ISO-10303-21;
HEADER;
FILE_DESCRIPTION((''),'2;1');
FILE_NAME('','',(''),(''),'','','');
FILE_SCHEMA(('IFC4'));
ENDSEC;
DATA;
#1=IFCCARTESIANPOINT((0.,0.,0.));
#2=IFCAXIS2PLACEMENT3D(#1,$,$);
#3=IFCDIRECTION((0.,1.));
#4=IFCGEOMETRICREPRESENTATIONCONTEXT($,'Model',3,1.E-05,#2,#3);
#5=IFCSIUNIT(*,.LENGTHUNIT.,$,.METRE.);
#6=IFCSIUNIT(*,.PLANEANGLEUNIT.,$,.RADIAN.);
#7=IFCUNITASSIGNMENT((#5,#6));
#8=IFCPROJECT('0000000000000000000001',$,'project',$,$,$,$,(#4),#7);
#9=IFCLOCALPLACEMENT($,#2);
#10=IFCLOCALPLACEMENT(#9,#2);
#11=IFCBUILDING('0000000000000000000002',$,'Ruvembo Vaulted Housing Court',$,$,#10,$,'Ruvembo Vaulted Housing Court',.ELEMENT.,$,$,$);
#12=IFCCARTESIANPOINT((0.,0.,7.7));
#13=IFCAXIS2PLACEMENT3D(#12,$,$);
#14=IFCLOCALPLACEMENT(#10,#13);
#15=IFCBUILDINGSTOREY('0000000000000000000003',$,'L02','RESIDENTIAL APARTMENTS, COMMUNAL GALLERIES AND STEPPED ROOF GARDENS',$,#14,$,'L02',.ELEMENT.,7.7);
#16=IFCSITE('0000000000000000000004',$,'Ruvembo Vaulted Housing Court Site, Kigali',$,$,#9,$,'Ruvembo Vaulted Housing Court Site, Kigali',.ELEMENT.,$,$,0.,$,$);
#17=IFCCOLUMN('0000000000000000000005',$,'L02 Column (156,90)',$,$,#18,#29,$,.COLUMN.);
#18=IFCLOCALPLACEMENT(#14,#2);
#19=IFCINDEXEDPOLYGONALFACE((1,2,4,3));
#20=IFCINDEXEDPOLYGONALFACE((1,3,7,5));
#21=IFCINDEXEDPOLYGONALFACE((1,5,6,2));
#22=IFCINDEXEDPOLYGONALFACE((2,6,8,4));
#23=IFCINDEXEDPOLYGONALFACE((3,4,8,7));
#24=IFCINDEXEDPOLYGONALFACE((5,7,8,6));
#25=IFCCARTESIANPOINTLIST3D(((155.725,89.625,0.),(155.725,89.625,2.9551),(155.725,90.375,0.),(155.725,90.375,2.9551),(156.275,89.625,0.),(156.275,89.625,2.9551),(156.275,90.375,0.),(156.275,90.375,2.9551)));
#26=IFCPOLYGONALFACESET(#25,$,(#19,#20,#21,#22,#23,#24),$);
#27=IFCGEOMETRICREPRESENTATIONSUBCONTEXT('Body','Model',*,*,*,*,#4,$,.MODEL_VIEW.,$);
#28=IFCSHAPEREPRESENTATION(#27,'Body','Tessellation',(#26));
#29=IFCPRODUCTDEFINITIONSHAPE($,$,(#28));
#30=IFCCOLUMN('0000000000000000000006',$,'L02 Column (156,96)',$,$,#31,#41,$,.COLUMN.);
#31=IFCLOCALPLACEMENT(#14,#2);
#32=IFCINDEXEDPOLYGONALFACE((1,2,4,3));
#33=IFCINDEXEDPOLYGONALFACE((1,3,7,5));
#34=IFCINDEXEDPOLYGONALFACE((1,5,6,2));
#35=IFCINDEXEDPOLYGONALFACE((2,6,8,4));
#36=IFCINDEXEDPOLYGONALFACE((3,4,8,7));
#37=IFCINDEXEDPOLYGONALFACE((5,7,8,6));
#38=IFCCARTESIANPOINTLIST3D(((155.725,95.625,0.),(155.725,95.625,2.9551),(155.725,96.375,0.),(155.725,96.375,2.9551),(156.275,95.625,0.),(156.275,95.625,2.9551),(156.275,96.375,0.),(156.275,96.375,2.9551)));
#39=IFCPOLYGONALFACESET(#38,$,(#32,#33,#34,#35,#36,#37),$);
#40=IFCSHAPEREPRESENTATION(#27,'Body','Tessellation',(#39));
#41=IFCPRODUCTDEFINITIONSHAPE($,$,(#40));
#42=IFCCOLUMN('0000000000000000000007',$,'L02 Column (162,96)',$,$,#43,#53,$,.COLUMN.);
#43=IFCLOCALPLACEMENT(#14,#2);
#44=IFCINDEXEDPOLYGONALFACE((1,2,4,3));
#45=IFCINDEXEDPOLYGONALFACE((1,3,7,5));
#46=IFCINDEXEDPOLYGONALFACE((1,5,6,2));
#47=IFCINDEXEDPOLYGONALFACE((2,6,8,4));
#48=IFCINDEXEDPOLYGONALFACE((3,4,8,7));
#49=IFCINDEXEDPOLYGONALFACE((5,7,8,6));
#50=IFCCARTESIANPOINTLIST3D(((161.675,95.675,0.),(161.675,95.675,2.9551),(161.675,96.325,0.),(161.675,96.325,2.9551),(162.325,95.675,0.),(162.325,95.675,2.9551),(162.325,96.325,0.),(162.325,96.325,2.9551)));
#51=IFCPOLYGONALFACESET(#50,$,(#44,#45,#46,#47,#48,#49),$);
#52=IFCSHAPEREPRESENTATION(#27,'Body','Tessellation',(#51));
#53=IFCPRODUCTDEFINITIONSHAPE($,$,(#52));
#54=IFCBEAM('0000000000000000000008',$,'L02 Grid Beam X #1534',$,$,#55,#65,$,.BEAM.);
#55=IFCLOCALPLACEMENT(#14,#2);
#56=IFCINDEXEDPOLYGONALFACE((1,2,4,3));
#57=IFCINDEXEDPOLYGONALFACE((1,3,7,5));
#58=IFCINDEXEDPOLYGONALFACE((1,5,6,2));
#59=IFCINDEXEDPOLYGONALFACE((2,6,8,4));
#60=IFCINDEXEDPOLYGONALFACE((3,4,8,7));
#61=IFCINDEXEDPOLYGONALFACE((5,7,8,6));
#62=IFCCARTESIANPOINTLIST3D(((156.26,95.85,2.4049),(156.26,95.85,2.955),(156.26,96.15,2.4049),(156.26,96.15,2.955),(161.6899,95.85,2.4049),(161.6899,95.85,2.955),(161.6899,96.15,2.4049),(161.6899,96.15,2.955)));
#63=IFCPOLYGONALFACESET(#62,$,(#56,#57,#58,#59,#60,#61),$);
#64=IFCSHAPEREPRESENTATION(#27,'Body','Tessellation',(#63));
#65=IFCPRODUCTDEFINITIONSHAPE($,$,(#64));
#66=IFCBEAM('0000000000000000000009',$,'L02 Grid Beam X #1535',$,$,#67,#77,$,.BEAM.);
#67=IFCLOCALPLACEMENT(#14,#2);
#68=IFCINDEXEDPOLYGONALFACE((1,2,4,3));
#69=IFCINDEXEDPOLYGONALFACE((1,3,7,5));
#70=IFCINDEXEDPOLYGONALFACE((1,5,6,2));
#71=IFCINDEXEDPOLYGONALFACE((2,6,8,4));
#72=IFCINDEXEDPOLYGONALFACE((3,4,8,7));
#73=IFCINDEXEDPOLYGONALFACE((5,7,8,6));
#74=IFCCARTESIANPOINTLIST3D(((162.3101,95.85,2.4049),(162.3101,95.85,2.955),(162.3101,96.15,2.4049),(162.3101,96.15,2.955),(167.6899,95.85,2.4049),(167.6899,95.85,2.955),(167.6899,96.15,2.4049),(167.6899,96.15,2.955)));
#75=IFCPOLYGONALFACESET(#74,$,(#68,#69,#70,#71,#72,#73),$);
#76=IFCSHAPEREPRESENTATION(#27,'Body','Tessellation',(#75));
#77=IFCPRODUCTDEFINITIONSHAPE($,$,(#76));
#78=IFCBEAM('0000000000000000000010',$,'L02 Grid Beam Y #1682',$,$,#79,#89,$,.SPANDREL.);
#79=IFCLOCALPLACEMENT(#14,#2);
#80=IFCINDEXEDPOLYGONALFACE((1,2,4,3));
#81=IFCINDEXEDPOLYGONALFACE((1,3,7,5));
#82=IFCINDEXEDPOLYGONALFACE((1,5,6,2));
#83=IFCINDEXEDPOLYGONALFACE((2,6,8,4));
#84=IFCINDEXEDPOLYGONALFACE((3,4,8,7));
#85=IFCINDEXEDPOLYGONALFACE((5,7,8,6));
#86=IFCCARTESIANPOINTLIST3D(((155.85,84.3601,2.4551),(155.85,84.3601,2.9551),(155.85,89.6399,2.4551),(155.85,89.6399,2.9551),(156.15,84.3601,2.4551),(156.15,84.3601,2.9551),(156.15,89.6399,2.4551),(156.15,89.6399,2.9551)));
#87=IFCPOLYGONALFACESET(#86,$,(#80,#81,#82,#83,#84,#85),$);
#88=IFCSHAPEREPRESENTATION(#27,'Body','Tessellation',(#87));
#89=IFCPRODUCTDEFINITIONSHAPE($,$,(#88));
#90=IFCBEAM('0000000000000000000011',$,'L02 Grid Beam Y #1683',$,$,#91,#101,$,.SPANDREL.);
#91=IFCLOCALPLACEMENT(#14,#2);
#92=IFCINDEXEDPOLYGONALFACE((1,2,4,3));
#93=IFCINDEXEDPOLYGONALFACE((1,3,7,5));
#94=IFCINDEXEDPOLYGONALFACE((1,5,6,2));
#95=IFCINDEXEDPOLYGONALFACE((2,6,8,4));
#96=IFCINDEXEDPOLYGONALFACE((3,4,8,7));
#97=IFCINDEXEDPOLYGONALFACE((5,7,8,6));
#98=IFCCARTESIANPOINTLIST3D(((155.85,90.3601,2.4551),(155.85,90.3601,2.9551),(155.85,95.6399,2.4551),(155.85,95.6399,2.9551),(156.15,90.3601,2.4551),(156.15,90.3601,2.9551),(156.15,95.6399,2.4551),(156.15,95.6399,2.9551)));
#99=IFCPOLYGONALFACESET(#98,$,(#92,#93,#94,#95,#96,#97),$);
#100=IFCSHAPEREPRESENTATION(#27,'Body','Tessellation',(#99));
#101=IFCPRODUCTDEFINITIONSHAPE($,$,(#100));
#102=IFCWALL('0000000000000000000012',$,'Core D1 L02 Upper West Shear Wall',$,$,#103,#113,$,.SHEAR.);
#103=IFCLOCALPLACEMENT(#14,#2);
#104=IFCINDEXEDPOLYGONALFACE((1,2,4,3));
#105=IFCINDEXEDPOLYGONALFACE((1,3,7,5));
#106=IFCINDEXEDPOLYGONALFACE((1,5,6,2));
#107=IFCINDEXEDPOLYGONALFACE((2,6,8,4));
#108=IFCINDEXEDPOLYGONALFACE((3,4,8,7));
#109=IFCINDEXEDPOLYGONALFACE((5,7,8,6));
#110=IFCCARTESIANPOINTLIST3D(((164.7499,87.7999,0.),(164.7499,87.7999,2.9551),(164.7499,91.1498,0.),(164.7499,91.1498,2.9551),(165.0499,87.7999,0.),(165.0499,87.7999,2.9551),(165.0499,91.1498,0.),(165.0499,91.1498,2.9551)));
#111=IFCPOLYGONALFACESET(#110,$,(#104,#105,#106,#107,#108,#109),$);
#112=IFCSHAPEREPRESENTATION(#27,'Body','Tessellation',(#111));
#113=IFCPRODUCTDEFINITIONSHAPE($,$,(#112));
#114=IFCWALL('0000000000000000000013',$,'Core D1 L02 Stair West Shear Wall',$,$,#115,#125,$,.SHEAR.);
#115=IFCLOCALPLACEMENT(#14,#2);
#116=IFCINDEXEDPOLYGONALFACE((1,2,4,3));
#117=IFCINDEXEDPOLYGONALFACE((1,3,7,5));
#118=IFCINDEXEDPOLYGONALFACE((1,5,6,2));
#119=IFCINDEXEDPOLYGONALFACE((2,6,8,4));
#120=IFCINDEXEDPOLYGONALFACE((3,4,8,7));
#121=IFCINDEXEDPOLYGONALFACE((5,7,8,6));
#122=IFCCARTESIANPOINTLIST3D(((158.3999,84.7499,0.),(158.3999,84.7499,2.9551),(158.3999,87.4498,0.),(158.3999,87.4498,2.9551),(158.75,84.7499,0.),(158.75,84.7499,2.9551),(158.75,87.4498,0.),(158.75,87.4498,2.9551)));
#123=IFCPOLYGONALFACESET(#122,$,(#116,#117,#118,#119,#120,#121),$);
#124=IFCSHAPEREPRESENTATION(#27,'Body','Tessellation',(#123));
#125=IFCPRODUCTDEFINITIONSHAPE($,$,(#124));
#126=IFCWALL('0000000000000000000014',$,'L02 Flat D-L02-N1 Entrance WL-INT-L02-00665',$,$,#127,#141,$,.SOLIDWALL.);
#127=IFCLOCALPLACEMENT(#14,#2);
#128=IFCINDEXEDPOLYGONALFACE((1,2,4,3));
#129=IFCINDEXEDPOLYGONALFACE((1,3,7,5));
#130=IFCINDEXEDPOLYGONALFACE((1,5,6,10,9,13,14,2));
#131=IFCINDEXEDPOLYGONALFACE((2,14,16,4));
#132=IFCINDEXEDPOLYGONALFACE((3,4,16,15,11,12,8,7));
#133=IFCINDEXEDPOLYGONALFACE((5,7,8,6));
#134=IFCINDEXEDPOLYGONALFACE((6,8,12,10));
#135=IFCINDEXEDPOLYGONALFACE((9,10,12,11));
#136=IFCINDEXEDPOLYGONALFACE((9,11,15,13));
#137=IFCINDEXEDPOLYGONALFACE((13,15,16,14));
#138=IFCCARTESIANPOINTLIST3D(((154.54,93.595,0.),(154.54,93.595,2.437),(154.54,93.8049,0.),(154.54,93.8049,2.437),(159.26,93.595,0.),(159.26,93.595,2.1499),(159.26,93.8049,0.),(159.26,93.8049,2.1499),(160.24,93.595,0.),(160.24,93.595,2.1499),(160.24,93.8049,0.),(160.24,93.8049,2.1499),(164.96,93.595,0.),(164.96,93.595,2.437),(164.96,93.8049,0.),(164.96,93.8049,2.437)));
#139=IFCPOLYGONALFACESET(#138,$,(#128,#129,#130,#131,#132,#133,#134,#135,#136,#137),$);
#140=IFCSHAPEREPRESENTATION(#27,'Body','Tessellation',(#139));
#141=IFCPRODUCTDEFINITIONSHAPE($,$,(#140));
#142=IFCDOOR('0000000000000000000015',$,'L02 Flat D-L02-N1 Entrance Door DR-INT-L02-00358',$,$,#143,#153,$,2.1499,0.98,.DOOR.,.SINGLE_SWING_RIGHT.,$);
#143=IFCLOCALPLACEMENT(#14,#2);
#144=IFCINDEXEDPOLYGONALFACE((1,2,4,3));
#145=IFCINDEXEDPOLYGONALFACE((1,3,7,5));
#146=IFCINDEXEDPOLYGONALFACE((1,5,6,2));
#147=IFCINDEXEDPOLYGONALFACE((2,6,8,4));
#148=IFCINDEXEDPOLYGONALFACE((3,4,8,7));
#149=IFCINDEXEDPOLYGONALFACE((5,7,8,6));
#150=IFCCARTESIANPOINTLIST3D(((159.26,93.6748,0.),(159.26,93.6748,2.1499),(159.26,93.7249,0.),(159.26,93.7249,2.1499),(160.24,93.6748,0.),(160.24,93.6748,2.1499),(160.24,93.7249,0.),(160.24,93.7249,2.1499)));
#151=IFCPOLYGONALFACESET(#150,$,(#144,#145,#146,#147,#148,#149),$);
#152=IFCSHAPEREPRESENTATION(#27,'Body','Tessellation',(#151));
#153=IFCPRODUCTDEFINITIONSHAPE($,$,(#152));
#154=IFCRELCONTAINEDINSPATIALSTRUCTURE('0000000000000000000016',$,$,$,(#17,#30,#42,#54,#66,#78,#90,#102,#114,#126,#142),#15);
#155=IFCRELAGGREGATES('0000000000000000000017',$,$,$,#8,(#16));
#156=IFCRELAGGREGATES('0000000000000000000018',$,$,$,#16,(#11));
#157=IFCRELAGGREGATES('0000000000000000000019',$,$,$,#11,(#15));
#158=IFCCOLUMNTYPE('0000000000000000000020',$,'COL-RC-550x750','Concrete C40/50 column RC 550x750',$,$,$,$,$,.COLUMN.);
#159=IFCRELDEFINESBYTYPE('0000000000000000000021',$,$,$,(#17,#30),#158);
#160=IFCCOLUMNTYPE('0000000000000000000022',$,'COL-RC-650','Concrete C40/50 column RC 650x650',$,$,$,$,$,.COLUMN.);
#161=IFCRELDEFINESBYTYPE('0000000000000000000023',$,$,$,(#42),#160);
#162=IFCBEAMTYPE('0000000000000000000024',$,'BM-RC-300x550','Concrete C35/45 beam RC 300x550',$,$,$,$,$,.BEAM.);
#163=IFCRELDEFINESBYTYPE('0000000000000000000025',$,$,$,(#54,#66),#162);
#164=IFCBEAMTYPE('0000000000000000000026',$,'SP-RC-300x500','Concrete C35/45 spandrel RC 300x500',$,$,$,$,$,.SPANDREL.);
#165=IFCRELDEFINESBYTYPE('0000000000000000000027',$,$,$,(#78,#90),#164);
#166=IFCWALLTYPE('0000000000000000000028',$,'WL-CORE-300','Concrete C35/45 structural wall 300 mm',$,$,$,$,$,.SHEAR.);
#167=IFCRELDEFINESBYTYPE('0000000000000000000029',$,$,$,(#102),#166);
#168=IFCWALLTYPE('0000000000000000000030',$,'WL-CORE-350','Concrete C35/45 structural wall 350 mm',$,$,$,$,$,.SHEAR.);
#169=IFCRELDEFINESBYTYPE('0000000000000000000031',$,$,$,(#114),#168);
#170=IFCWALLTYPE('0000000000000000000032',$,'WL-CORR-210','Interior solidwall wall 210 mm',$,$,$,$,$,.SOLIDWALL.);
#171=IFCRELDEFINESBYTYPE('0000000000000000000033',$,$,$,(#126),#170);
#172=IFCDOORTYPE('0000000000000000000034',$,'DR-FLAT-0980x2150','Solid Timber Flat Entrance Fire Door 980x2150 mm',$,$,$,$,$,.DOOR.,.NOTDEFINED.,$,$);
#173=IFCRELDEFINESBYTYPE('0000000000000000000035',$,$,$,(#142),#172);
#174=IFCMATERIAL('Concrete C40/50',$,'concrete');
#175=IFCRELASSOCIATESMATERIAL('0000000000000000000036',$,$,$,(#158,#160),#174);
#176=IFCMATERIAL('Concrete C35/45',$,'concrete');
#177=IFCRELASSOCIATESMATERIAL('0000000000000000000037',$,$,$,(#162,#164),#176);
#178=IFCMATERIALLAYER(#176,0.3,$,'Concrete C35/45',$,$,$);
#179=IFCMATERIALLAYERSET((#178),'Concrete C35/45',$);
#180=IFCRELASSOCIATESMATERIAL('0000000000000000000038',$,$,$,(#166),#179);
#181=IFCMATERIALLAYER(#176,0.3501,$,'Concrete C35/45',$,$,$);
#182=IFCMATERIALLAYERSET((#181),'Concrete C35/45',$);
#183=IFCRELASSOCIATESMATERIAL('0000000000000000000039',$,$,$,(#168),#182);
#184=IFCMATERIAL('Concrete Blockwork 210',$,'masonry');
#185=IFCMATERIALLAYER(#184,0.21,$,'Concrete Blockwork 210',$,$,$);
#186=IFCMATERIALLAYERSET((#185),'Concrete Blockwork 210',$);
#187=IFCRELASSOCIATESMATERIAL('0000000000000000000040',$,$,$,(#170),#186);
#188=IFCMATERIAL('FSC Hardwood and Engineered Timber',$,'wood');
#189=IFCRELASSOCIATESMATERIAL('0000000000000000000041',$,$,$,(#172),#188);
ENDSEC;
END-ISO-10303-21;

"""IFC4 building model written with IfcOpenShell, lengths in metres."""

from ifc_helpers import new_model, si_unit, direction, frame, frame_2d, origin, origin_2d, place, context, subcontext, project, spatial, rectangle, extrude, material, layer, layer_set, material_profile, profile_set, type_object, element, fill, save


model = new_model("IFC4")

# Units and contexts
model_context = context("Model", 3, precision=1e-05, world=origin(), true_north=direction((0.0, 1.0)))
body_context = subcontext(model_context, "Body", "Model", "MODEL_VIEW")
ifc_project = project(units=[si_unit("LENGTHUNIT", "METRE"), si_unit("PLANEANGLEUNIT", "RADIAN")], contexts=[model_context])

# Site, building, storey
site_placement = place(None, origin())
site = spatial("IfcSite", under=ifc_project, at=site_placement, Name="Ruvembo Vaulted Housing Court Site, Kigali", LongName="Ruvembo Vaulted Housing Court Site, Kigali", CompositionType="ELEMENT", RefElevation=0.0)
building_placement = place(site_placement, origin())
building = spatial("IfcBuilding", under=site, at=building_placement, Name="Ruvembo Vaulted Housing Court", LongName="Ruvembo Vaulted Housing Court", CompositionType="ELEMENT")
storey_placement = place(building_placement, frame((0.0, 0.0, 7.7)))
storey = spatial("IfcBuildingStorey", under=building, at=storey_placement, Name="L02", Description="RESIDENTIAL APARTMENTS, COMMUNAL GALLERIES AND STEPPED ROOF GARDENS", LongName="L02", CompositionType="ELEMENT", Elevation=7.7)

# Columns
ifc_material_1 = material(Name="Concrete C40/50", Category="concrete")
ifc_material_profile_1 = material_profile(ifc_material_1, rectangle(XDim=0.55, YDim=0.75, at=origin_2d()), Name="RC 550x750")
ifc_profile_set_1 = profile_set([ifc_material_profile_1], Name="Concrete C40/50")
column_type_1 = type_object("IfcColumnType", Name="COL-RC-550x750", Description="Concrete C40/50 column RC 550x750", PredefinedType="COLUMN", material=ifc_profile_set_1)
for number, where, z_axis, x_axis, name in (
    (1, (156.0, 90.0, 0.0), (0.0, 0.0, 1.0), (1.0, 0.0, 0.0), "L02 Column (156,90)"),
    (2, (156.0, 96.0, 0.0), (0.0, 0.0, 1.0), (1.0, 0.0, 0.0), "L02 Column (156,96)"),
):
    element("IfcColumn", number, at=place(storey_placement, frame(where, z_axis=z_axis, x_axis=x_axis)), inside=storey, type_object=column_type_1, Name=name, PredefinedType="COLUMN", context=body_context, shape_type="SweptSolid", body=[
        extrude(rectangle(XDim=0.55, YDim=0.75, at=origin_2d()), origin(), (0.0, 0.0, 1.0), 2.9551),
    ])
ifc_material_profile_2 = material_profile(ifc_material_1, rectangle(XDim=0.6499, YDim=0.6499, at=origin_2d()), Name="RC 650x650")
ifc_profile_set_2 = profile_set([ifc_material_profile_2], Name="Concrete C40/50")
column_type_2 = type_object("IfcColumnType", Name="COL-RC-650", Description="Concrete C40/50 column RC 650x650", PredefinedType="COLUMN", material=ifc_profile_set_2)
column_placement = place(storey_placement, frame((162.0, 96.0, 0.0), z_axis=(0.0, 0.0, 1.0), x_axis=(1.0, 0.0, 0.0)))
element("IfcColumn", 3, at=column_placement, inside=storey, type_object=column_type_2, Name="L02 Column (162,96)", PredefinedType="COLUMN", context=body_context, shape_type="SweptSolid", body=[
    extrude(rectangle(XDim=0.6499, YDim=0.6499, at=origin_2d()), origin(), (0.0, 0.0, 1.0), 2.9551),
])

# Beams
ifc_material_2 = material(Name="Concrete C35/45", Category="concrete")
ifc_material_profile_3 = material_profile(ifc_material_2, rectangle(XDim=0.3, YDim=0.55, at=origin_2d()), Name="RC 300x550")
ifc_profile_set_3 = profile_set([ifc_material_profile_3], Name="Concrete C35/45")
beam_type_1 = type_object("IfcBeamType", Name="BM-RC-300x550", Description="Concrete C35/45 beam RC 300x550", PredefinedType="BEAM", material=ifc_profile_set_3)
beam_1_placement = place(storey_placement, frame((156.26, 96.0, 2.6799), z_axis=(1.0, 0.0, 0.0), x_axis=(0.0, 1.0, 0.0)))
element("IfcBeam", 4, at=beam_1_placement, inside=storey, type_object=beam_type_1, Name="L02 Grid Beam X #1534", PredefinedType="BEAM", context=body_context, shape_type="SweptSolid", body=[
    extrude(rectangle(XDim=0.3, YDim=0.55, at=origin_2d()), origin(), (0.0, 0.0, 1.0), 5.4299),
])
beam_2_placement = place(storey_placement, frame((162.3101, 96.0, 2.6799), z_axis=(1.0, 0.0, 0.0), x_axis=(0.0, 1.0, 0.0)))
element("IfcBeam", 5, at=beam_2_placement, inside=storey, type_object=beam_type_1, Name="L02 Grid Beam X #1535", PredefinedType="BEAM", context=body_context, shape_type="SweptSolid", body=[
    extrude(rectangle(XDim=0.3, YDim=0.55, at=origin_2d()), origin(), (0.0, 0.0, 1.0), 5.3799),
])
ifc_material_profile_4 = material_profile(ifc_material_2, rectangle(XDim=0.3, YDim=0.5, at=origin_2d()), Name="RC 300x500")
ifc_profile_set_4 = profile_set([ifc_material_profile_4], Name="Concrete C35/45")
beam_type_2 = type_object("IfcBeamType", Name="SP-RC-300x500", Description="Concrete C35/45 spandrel RC 300x500", PredefinedType="SPANDREL", material=ifc_profile_set_4)
for number, where, z_axis, x_axis, name in (
    (6, (156.0, 84.3601, 2.7051), (0.0, 1.0, 0.0), (-1.0, 0.0, 0.0), "L02 Grid Beam Y #1682"),
    (7, (156.0, 90.3601, 2.7051), (0.0, 1.0, 0.0), (-1.0, 0.0, 0.0), "L02 Grid Beam Y #1683"),
):
    element("IfcBeam", number, at=place(storey_placement, frame(where, z_axis=z_axis, x_axis=x_axis)), inside=storey, type_object=beam_type_2, Name=name, PredefinedType="SPANDREL", context=body_context, shape_type="SweptSolid", body=[
        extrude(rectangle(XDim=0.3, YDim=0.5, at=origin_2d()), origin(), (0.0, 0.0, 1.0), 5.2798),
    ])

# Shared definitions
ifc_layer_1 = layer(ifc_material_2, 0.3, Name="Concrete C35/45")
ifc_layer_set_1 = layer_set([ifc_layer_1], Name="Concrete C35/45")
wall_type_1 = type_object("IfcWallType", Name="WL-CORE-300", Description="Concrete C35/45 structural wall 300 mm", PredefinedType="SHEAR", material=ifc_layer_set_1)

# Wall
wall_1_placement = place(storey_placement, frame((164.8999, 87.8, 0.0), z_axis=(0.0, 0.0, 1.0), x_axis=(0.0, 1.0, 0.0)))
element("IfcWall", 8, at=wall_1_placement, inside=storey, type_object=wall_type_1, Name="Core D1 L02 Upper West Shear Wall", PredefinedType="SHEAR", context=body_context, shape_type="SweptSolid", body=[
    extrude(rectangle(XDim=3.3499, YDim=0.3, at=frame_2d((1.6748, 0.0))), origin(), (0.0, 0.0, 1.0), 2.9551),
])

# Shared definitions
ifc_layer_2 = layer(ifc_material_2, 0.3501, Name="Concrete C35/45")
ifc_layer_set_2 = layer_set([ifc_layer_2], Name="Concrete C35/45")
wall_type_2 = type_object("IfcWallType", Name="WL-CORE-350", Description="Concrete C35/45 structural wall 350 mm", PredefinedType="SHEAR", material=ifc_layer_set_2)

# Wall
wall_2_placement = place(storey_placement, frame((158.575, 87.45, 0.0), z_axis=(0.0, 0.0, 1.0), x_axis=(0.0, -1.0, 0.0)))
element("IfcWall", 9, at=wall_2_placement, inside=storey, type_object=wall_type_2, Name="Core D1 L02 Stair West Shear Wall", PredefinedType="SHEAR", context=body_context, shape_type="SweptSolid", body=[
    extrude(rectangle(XDim=2.7, YDim=0.3501, at=frame_2d((1.3501, 0.0))), origin(), (0.0, 0.0, 1.0), 2.9551),
])

# Wall, opening, door
ifc_material_3 = material(Name="Concrete Blockwork 210", Category="masonry")
ifc_layer_3 = layer(ifc_material_3, 0.21, Name="Concrete Blockwork 210")
ifc_layer_set_3 = layer_set([ifc_layer_3], Name="Concrete Blockwork 210")
wall_type_3 = type_object("IfcWallType", Name="WL-CORR-210", Description="Interior solidwall wall 210 mm", PredefinedType="SOLIDWALL", material=ifc_layer_set_3)
wall_3_placement = place(storey_placement, frame((154.54, 93.7, 0.0), z_axis=(0.0, 0.0, 1.0), x_axis=(1.0, 0.0, 0.0)))
wall_3 = element("IfcWall", 10, at=wall_3_placement, inside=storey, type_object=wall_type_3, Name="L02 Flat D-L02-N1 Entrance WL-INT-L02-00665", PredefinedType="SOLIDWALL", context=body_context, shape_type="SweptSolid", body=[
    extrude(rectangle(XDim=10.4199, YDim=0.21, at=frame_2d((5.21, 0.0))), origin(), (0.0, 0.0, 1.0), 2.437),
])
opening_1_placement = place(wall_3_placement, frame((4.72, 0.0, 0.0)))
opening_1 = element("IfcOpeningElement", 11, at=opening_1_placement, cuts=wall_3, PredefinedType="OPENING", context=body_context, shape_type="SweptSolid", body=[
    extrude(rectangle(XDim=0.98, YDim=2.1499, at=frame_2d((0.49, 1.075))), frame((0.0, 0.115, 0.0), z_axis=(0.0, -1.0, 0.0), x_axis=(1.0, 0.0, 0.0)), (0.0, 0.0, 1.0), 0.23),
])
ifc_material_4 = material(Name="FSC Hardwood and Engineered Timber", Category="wood")
door_type_1 = type_object("IfcDoorType", Name="DR-FLAT-0980x2150", Description="Solid Timber Flat Entrance Fire Door 980x2150 mm", OperationType="NOTDEFINED", PredefinedType="DOOR", material=ifc_material_4)
door_1_placement = place(opening_1_placement, origin())
door_1 = element("IfcDoor", 12, at=door_1_placement, inside=storey, type_object=door_type_1, Name="L02 Flat D-L02-N1 Entrance Door DR-INT-L02-00358", OperationType="SINGLE_SWING_RIGHT", OverallHeight=2.1499, OverallWidth=0.98, PredefinedType="DOOR", context=body_context, shape_type="SweptSolid", body=[
    extrude(rectangle(XDim=0.98, YDim=2.1499, at=frame_2d((0.49, 1.075))), frame((0.0, 0.0249, 0.0), z_axis=(0.0, -1.0, 0.0), x_axis=(1.0, 0.0, 0.0)), (0.0, 0.0, 1.0), 0.05),
])
fill(opening_1, door_1)

save(model, "model.ifc")
